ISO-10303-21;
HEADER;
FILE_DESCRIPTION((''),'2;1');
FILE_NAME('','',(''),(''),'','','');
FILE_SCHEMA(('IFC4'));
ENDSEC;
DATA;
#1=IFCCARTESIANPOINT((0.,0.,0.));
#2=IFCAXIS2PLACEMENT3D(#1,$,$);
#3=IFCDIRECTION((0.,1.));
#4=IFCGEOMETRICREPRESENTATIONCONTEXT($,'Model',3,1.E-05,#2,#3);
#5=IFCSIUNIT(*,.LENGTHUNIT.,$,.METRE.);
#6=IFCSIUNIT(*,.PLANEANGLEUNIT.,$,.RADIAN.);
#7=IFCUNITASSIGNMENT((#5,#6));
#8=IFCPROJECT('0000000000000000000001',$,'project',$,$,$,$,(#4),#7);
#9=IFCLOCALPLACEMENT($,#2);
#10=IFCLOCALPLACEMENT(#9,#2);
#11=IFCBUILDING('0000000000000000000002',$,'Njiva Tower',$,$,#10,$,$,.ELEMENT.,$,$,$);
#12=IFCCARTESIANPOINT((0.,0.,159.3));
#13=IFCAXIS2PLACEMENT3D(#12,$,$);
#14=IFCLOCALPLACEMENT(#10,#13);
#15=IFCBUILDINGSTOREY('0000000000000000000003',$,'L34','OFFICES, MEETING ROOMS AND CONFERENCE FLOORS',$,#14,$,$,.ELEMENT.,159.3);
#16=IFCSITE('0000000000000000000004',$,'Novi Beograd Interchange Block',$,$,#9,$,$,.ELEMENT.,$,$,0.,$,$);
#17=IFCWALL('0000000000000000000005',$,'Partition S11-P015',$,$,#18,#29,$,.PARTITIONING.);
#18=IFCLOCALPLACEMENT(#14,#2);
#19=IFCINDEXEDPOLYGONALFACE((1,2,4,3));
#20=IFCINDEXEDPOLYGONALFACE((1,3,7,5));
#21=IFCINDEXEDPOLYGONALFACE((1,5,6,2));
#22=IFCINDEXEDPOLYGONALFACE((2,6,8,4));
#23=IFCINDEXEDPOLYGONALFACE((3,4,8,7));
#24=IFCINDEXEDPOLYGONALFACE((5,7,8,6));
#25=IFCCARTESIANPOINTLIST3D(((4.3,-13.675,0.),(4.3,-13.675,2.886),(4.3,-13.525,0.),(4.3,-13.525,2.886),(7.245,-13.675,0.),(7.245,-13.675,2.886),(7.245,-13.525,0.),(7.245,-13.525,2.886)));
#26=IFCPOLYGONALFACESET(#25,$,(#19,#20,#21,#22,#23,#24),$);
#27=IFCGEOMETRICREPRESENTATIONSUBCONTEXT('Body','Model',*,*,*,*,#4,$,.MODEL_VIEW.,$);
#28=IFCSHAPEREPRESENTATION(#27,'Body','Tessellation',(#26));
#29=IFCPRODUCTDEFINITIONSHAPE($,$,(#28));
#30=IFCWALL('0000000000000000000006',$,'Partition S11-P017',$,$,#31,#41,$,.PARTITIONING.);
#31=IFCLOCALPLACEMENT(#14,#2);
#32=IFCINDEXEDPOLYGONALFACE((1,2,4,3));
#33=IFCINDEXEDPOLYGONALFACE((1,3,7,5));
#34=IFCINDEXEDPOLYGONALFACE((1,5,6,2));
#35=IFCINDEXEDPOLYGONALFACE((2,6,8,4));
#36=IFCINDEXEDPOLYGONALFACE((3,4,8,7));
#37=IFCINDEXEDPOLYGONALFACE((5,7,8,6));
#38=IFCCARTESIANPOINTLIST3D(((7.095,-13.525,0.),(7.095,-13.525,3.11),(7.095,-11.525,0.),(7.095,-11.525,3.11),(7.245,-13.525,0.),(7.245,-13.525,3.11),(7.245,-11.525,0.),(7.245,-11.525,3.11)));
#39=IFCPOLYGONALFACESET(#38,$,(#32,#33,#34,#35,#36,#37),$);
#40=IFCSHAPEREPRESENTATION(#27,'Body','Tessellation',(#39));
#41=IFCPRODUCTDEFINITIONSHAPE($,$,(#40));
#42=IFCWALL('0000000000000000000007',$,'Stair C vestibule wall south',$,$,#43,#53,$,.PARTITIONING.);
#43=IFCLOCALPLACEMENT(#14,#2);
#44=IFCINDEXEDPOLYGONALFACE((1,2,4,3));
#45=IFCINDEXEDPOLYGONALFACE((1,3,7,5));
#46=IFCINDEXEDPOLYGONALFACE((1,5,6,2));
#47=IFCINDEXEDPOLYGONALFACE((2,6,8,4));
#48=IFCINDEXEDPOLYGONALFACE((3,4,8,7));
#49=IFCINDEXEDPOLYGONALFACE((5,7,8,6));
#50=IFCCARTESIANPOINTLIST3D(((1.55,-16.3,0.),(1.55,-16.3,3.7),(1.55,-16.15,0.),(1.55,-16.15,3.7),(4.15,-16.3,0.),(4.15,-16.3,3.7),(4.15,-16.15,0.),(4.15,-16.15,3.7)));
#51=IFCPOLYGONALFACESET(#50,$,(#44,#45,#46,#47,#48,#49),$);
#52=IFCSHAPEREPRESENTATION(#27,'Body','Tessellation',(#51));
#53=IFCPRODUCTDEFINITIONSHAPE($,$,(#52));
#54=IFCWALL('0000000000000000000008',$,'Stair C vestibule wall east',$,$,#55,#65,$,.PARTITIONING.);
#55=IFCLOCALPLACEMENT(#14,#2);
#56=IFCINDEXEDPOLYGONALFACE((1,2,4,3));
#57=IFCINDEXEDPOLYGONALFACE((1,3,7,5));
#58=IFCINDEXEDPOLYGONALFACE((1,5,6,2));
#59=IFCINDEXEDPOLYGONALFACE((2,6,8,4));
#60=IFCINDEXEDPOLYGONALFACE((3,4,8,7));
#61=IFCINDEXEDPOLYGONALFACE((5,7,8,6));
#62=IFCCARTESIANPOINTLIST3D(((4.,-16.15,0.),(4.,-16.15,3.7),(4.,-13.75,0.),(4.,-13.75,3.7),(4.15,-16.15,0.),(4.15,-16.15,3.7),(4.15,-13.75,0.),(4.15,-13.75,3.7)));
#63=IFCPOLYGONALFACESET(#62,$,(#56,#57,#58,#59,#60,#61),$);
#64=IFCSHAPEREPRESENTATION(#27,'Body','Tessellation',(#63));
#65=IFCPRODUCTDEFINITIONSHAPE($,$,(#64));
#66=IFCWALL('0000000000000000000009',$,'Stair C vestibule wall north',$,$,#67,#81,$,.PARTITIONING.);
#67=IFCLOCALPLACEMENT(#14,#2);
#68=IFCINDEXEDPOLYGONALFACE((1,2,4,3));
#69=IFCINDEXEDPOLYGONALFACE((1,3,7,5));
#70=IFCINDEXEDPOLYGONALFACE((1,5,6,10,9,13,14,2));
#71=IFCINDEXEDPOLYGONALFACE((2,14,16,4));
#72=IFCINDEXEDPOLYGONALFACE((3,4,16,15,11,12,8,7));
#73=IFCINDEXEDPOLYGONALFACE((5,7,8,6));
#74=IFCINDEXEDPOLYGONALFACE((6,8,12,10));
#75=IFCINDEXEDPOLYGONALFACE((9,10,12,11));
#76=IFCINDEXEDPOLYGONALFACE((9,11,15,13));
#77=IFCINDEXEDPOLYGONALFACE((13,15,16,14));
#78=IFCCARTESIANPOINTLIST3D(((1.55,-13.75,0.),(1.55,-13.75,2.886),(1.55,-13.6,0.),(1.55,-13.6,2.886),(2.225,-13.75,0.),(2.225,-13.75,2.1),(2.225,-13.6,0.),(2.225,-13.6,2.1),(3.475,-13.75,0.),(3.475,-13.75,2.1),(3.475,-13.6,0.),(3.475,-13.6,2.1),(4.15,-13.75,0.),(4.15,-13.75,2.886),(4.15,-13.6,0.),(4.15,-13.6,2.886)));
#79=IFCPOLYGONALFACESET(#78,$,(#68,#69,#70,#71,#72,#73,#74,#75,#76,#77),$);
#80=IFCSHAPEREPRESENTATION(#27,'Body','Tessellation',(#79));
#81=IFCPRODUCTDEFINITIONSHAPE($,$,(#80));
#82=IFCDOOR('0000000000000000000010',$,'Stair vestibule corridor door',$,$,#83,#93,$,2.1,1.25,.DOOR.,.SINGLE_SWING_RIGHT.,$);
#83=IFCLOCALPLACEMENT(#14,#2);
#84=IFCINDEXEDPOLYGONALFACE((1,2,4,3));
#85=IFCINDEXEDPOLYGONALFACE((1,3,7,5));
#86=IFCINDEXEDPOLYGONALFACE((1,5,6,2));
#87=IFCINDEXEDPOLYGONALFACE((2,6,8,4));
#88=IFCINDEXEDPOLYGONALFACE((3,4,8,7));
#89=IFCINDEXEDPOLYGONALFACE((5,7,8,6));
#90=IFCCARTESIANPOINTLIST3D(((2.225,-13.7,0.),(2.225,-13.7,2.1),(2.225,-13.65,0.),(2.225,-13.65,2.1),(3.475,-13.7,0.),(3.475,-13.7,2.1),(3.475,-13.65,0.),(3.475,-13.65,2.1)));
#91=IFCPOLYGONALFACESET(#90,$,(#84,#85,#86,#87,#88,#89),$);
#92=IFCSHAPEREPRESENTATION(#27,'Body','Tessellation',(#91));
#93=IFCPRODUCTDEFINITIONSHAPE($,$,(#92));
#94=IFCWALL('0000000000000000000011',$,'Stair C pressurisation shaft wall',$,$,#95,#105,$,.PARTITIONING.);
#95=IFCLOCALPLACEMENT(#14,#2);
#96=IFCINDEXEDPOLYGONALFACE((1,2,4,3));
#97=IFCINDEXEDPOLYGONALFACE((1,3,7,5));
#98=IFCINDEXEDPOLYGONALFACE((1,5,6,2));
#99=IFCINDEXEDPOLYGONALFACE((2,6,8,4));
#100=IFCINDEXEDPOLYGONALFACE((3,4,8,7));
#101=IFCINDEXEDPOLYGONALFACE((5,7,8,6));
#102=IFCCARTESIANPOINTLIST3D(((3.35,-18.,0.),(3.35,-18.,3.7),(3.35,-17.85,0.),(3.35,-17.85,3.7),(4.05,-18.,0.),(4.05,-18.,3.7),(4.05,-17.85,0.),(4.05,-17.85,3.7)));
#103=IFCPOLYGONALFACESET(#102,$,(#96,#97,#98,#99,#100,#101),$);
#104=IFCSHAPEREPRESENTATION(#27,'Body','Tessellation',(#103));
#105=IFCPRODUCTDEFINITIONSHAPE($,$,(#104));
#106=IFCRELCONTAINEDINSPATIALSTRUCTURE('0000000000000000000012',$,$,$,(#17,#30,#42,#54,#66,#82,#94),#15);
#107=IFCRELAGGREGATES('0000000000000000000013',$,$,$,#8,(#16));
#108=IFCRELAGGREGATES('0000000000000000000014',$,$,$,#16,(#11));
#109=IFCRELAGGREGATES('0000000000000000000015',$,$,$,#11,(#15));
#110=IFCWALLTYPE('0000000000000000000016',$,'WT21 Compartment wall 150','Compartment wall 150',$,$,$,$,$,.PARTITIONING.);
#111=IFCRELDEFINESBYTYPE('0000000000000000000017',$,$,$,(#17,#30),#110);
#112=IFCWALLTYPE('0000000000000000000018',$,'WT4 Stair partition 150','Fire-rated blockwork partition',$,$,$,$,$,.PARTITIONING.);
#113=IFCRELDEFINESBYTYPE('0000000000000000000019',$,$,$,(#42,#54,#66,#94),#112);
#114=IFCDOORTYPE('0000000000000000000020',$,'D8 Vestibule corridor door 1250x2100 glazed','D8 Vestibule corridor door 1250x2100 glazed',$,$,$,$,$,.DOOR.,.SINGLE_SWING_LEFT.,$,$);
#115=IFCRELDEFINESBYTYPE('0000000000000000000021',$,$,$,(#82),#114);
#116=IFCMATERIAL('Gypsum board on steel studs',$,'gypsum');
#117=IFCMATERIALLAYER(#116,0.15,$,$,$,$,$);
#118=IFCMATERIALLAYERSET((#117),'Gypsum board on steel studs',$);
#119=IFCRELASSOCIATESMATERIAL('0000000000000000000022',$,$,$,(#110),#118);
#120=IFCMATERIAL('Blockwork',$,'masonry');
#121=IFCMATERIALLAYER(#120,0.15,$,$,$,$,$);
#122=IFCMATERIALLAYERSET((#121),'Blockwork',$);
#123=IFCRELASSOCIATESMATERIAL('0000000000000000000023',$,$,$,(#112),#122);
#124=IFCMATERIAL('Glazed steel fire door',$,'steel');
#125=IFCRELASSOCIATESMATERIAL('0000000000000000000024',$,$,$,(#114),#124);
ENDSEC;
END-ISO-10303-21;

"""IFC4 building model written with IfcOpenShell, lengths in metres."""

from ifc_helpers import new_model, si_unit, direction, frame, frame_2d, origin, place, context, subcontext, project, spatial, rectangle, extrude, material, layer, layer_set, type_object, element, fill, save


model = new_model("IFC4")

# Units and contexts
model_context = context("Model", 3, precision=1e-05, world=origin(), true_north=direction((0.0, 1.0)))
body_context = subcontext(model_context, "Body", "Model", "MODEL_VIEW")
ifc_project = project(units=[si_unit("LENGTHUNIT", "METRE"), si_unit("PLANEANGLEUNIT", "RADIAN")], contexts=[model_context])

# Site, building, storey
site_placement = place(None, origin())
site = spatial("IfcSite", under=ifc_project, at=site_placement, Name="Novi Beograd Interchange Block", CompositionType="ELEMENT", RefElevation=0.0)
building_placement = place(site_placement, origin())
building = spatial("IfcBuilding", under=site, at=building_placement, Name="Njiva Tower", CompositionType="ELEMENT")
storey_placement = place(building_placement, frame((0.0, 0.0, 159.3)))
storey = spatial("IfcBuildingStorey", under=building, at=storey_placement, Name="L34", Description="OFFICES, MEETING ROOMS AND CONFERENCE FLOORS", CompositionType="ELEMENT", Elevation=159.3)

# Walls
ifc_material_1 = material(Name="Gypsum board on steel studs", Category="gypsum")
ifc_layer_1 = layer(ifc_material_1, 0.15)
ifc_layer_set_1 = layer_set([ifc_layer_1], Name="Gypsum board on steel studs")
wall_type_1 = type_object("IfcWallType", Name="WT21 Compartment wall 150", Description="Compartment wall 150", PredefinedType="PARTITIONING", material=ifc_layer_set_1)
wall_1_placement = place(storey_placement, frame((4.3, -13.6, 0.0), z_axis=(0.0, 0.0, 1.0), x_axis=(1.0, 0.0, 0.0)))
element("IfcWall", 1, at=wall_1_placement, inside=storey, type_object=wall_type_1, Name="Partition S11-P015", PredefinedType="PARTITIONING", context=body_context, shape_type="SweptSolid", body=[
    extrude(rectangle(XDim=2.945, YDim=0.15, at=frame_2d((1.4725, 0.0))), origin(), (0.0, 0.0, 1.0), 2.886),
])
wall_2_placement = place(storey_placement, frame((7.17, -13.525, 0.0), z_axis=(0.0, 0.0, 1.0), x_axis=(0.0, 1.0, 0.0)))
element("IfcWall", 2, at=wall_2_placement, inside=storey, type_object=wall_type_1, Name="Partition S11-P017", PredefinedType="PARTITIONING", context=body_context, shape_type="SweptSolid", body=[
    extrude(rectangle(XDim=2.0, YDim=0.15, at=frame_2d((1.0, 0.0))), origin(), (0.0, 0.0, 1.0), 3.11),
])
ifc_material_2 = material(Name="Blockwork", Category="masonry")
ifc_layer_2 = layer(ifc_material_2, 0.15)
ifc_layer_set_2 = layer_set([ifc_layer_2], Name="Blockwork")
wall_type_2 = type_object("IfcWallType", Name="WT4 Stair partition 150", Description="Fire-rated blockwork partition", PredefinedType="PARTITIONING", material=ifc_layer_set_2)
wall_3_placement = place(storey_placement, frame((1.55, -16.225, 0.0), z_axis=(0.0, 0.0, 1.0), x_axis=(1.0, 0.0, 0.0)))
element("IfcWall", 3, at=wall_3_placement, inside=storey, type_object=wall_type_2, Name="Stair C vestibule wall south", PredefinedType="PARTITIONING", context=body_context, shape_type="SweptSolid", body=[
    extrude(rectangle(XDim=2.6, YDim=0.15, at=frame_2d((1.3, 0.0))), origin(), (0.0, 0.0, 1.0), 3.7),
])
wall_4_placement = place(storey_placement, frame((4.075, -16.15, 0.0), z_axis=(0.0, 0.0, 1.0), x_axis=(0.0, 1.0, 0.0)))
element("IfcWall", 4, at=wall_4_placement, inside=storey, type_object=wall_type_2, Name="Stair C vestibule wall east", PredefinedType="PARTITIONING", context=body_context, shape_type="SweptSolid", body=[
    extrude(rectangle(XDim=2.4, YDim=0.15, at=frame_2d((1.2, 0.0))), origin(), (0.0, 0.0, 1.0), 3.7),
])

# Wall, opening, door
wall_5_placement = place(storey_placement, frame((1.55, -13.675, 0.0), z_axis=(0.0, 0.0, 1.0), x_axis=(1.0, 0.0, 0.0)))
wall_5 = element("IfcWall", 5, at=wall_5_placement, inside=storey, type_object=wall_type_2, Name="Stair C vestibule wall north", PredefinedType="PARTITIONING", context=body_context, shape_type="SweptSolid", body=[
    extrude(rectangle(XDim=2.6, YDim=0.15, at=frame_2d((1.3, 0.0))), origin(), (0.0, 0.0, 1.0), 2.886),
])
opening_placement = place(wall_5_placement, frame((0.675, 0.0, 0.0)))
opening = element("IfcOpeningElement", 6, at=opening_placement, cuts=wall_5, PredefinedType="OPENING", context=body_context, shape_type="SweptSolid", body=[
    extrude(rectangle(XDim=1.25, YDim=2.1, at=frame_2d((0.625, 1.05))), frame((0.0, 0.085, 0.0), z_axis=(0.0, -1.0, 0.0), x_axis=(1.0, 0.0, 0.0)), (0.0, 0.0, 1.0), 0.17),
])
ifc_material_3 = material(Name="Glazed steel fire door", Category="steel")
door_type = type_object("IfcDoorType", Name="D8 Vestibule corridor door 1250x2100 glazed", Description="D8 Vestibule corridor door 1250x2100 glazed", OperationType="SINGLE_SWING_LEFT", PredefinedType="DOOR", material=ifc_material_3)
door_placement = place(opening_placement, origin())
door = element("IfcDoor", 7, at=door_placement, inside=storey, type_object=door_type, Name="Stair vestibule corridor door", OperationType="SINGLE_SWING_RIGHT", OverallHeight=2.1, OverallWidth=1.25, PredefinedType="DOOR", context=body_context, shape_type="SweptSolid", body=[
    extrude(rectangle(XDim=1.25, YDim=2.1, at=frame_2d((0.625, 1.05))), frame((0.0, 0.025, 0.0), z_axis=(0.0, -1.0, 0.0), x_axis=(1.0, 0.0, 0.0)), (0.0, 0.0, 1.0), 0.05),
])
fill(opening, door)

# Wall
wall_6_placement = place(storey_placement, frame((3.35, -17.925, 0.0), z_axis=(0.0, 0.0, 1.0), x_axis=(1.0, 0.0, 0.0)))
element("IfcWall", 8, at=wall_6_placement, inside=storey, type_object=wall_type_2, Name="Stair C pressurisation shaft wall", PredefinedType="PARTITIONING", context=body_context, shape_type="SweptSolid", body=[
    extrude(rectangle(XDim=0.7, YDim=0.15, at=frame_2d((0.35, 0.0))), origin(), (0.0, 0.0, 1.0), 3.7),
])

save(model, "model.ifc")
